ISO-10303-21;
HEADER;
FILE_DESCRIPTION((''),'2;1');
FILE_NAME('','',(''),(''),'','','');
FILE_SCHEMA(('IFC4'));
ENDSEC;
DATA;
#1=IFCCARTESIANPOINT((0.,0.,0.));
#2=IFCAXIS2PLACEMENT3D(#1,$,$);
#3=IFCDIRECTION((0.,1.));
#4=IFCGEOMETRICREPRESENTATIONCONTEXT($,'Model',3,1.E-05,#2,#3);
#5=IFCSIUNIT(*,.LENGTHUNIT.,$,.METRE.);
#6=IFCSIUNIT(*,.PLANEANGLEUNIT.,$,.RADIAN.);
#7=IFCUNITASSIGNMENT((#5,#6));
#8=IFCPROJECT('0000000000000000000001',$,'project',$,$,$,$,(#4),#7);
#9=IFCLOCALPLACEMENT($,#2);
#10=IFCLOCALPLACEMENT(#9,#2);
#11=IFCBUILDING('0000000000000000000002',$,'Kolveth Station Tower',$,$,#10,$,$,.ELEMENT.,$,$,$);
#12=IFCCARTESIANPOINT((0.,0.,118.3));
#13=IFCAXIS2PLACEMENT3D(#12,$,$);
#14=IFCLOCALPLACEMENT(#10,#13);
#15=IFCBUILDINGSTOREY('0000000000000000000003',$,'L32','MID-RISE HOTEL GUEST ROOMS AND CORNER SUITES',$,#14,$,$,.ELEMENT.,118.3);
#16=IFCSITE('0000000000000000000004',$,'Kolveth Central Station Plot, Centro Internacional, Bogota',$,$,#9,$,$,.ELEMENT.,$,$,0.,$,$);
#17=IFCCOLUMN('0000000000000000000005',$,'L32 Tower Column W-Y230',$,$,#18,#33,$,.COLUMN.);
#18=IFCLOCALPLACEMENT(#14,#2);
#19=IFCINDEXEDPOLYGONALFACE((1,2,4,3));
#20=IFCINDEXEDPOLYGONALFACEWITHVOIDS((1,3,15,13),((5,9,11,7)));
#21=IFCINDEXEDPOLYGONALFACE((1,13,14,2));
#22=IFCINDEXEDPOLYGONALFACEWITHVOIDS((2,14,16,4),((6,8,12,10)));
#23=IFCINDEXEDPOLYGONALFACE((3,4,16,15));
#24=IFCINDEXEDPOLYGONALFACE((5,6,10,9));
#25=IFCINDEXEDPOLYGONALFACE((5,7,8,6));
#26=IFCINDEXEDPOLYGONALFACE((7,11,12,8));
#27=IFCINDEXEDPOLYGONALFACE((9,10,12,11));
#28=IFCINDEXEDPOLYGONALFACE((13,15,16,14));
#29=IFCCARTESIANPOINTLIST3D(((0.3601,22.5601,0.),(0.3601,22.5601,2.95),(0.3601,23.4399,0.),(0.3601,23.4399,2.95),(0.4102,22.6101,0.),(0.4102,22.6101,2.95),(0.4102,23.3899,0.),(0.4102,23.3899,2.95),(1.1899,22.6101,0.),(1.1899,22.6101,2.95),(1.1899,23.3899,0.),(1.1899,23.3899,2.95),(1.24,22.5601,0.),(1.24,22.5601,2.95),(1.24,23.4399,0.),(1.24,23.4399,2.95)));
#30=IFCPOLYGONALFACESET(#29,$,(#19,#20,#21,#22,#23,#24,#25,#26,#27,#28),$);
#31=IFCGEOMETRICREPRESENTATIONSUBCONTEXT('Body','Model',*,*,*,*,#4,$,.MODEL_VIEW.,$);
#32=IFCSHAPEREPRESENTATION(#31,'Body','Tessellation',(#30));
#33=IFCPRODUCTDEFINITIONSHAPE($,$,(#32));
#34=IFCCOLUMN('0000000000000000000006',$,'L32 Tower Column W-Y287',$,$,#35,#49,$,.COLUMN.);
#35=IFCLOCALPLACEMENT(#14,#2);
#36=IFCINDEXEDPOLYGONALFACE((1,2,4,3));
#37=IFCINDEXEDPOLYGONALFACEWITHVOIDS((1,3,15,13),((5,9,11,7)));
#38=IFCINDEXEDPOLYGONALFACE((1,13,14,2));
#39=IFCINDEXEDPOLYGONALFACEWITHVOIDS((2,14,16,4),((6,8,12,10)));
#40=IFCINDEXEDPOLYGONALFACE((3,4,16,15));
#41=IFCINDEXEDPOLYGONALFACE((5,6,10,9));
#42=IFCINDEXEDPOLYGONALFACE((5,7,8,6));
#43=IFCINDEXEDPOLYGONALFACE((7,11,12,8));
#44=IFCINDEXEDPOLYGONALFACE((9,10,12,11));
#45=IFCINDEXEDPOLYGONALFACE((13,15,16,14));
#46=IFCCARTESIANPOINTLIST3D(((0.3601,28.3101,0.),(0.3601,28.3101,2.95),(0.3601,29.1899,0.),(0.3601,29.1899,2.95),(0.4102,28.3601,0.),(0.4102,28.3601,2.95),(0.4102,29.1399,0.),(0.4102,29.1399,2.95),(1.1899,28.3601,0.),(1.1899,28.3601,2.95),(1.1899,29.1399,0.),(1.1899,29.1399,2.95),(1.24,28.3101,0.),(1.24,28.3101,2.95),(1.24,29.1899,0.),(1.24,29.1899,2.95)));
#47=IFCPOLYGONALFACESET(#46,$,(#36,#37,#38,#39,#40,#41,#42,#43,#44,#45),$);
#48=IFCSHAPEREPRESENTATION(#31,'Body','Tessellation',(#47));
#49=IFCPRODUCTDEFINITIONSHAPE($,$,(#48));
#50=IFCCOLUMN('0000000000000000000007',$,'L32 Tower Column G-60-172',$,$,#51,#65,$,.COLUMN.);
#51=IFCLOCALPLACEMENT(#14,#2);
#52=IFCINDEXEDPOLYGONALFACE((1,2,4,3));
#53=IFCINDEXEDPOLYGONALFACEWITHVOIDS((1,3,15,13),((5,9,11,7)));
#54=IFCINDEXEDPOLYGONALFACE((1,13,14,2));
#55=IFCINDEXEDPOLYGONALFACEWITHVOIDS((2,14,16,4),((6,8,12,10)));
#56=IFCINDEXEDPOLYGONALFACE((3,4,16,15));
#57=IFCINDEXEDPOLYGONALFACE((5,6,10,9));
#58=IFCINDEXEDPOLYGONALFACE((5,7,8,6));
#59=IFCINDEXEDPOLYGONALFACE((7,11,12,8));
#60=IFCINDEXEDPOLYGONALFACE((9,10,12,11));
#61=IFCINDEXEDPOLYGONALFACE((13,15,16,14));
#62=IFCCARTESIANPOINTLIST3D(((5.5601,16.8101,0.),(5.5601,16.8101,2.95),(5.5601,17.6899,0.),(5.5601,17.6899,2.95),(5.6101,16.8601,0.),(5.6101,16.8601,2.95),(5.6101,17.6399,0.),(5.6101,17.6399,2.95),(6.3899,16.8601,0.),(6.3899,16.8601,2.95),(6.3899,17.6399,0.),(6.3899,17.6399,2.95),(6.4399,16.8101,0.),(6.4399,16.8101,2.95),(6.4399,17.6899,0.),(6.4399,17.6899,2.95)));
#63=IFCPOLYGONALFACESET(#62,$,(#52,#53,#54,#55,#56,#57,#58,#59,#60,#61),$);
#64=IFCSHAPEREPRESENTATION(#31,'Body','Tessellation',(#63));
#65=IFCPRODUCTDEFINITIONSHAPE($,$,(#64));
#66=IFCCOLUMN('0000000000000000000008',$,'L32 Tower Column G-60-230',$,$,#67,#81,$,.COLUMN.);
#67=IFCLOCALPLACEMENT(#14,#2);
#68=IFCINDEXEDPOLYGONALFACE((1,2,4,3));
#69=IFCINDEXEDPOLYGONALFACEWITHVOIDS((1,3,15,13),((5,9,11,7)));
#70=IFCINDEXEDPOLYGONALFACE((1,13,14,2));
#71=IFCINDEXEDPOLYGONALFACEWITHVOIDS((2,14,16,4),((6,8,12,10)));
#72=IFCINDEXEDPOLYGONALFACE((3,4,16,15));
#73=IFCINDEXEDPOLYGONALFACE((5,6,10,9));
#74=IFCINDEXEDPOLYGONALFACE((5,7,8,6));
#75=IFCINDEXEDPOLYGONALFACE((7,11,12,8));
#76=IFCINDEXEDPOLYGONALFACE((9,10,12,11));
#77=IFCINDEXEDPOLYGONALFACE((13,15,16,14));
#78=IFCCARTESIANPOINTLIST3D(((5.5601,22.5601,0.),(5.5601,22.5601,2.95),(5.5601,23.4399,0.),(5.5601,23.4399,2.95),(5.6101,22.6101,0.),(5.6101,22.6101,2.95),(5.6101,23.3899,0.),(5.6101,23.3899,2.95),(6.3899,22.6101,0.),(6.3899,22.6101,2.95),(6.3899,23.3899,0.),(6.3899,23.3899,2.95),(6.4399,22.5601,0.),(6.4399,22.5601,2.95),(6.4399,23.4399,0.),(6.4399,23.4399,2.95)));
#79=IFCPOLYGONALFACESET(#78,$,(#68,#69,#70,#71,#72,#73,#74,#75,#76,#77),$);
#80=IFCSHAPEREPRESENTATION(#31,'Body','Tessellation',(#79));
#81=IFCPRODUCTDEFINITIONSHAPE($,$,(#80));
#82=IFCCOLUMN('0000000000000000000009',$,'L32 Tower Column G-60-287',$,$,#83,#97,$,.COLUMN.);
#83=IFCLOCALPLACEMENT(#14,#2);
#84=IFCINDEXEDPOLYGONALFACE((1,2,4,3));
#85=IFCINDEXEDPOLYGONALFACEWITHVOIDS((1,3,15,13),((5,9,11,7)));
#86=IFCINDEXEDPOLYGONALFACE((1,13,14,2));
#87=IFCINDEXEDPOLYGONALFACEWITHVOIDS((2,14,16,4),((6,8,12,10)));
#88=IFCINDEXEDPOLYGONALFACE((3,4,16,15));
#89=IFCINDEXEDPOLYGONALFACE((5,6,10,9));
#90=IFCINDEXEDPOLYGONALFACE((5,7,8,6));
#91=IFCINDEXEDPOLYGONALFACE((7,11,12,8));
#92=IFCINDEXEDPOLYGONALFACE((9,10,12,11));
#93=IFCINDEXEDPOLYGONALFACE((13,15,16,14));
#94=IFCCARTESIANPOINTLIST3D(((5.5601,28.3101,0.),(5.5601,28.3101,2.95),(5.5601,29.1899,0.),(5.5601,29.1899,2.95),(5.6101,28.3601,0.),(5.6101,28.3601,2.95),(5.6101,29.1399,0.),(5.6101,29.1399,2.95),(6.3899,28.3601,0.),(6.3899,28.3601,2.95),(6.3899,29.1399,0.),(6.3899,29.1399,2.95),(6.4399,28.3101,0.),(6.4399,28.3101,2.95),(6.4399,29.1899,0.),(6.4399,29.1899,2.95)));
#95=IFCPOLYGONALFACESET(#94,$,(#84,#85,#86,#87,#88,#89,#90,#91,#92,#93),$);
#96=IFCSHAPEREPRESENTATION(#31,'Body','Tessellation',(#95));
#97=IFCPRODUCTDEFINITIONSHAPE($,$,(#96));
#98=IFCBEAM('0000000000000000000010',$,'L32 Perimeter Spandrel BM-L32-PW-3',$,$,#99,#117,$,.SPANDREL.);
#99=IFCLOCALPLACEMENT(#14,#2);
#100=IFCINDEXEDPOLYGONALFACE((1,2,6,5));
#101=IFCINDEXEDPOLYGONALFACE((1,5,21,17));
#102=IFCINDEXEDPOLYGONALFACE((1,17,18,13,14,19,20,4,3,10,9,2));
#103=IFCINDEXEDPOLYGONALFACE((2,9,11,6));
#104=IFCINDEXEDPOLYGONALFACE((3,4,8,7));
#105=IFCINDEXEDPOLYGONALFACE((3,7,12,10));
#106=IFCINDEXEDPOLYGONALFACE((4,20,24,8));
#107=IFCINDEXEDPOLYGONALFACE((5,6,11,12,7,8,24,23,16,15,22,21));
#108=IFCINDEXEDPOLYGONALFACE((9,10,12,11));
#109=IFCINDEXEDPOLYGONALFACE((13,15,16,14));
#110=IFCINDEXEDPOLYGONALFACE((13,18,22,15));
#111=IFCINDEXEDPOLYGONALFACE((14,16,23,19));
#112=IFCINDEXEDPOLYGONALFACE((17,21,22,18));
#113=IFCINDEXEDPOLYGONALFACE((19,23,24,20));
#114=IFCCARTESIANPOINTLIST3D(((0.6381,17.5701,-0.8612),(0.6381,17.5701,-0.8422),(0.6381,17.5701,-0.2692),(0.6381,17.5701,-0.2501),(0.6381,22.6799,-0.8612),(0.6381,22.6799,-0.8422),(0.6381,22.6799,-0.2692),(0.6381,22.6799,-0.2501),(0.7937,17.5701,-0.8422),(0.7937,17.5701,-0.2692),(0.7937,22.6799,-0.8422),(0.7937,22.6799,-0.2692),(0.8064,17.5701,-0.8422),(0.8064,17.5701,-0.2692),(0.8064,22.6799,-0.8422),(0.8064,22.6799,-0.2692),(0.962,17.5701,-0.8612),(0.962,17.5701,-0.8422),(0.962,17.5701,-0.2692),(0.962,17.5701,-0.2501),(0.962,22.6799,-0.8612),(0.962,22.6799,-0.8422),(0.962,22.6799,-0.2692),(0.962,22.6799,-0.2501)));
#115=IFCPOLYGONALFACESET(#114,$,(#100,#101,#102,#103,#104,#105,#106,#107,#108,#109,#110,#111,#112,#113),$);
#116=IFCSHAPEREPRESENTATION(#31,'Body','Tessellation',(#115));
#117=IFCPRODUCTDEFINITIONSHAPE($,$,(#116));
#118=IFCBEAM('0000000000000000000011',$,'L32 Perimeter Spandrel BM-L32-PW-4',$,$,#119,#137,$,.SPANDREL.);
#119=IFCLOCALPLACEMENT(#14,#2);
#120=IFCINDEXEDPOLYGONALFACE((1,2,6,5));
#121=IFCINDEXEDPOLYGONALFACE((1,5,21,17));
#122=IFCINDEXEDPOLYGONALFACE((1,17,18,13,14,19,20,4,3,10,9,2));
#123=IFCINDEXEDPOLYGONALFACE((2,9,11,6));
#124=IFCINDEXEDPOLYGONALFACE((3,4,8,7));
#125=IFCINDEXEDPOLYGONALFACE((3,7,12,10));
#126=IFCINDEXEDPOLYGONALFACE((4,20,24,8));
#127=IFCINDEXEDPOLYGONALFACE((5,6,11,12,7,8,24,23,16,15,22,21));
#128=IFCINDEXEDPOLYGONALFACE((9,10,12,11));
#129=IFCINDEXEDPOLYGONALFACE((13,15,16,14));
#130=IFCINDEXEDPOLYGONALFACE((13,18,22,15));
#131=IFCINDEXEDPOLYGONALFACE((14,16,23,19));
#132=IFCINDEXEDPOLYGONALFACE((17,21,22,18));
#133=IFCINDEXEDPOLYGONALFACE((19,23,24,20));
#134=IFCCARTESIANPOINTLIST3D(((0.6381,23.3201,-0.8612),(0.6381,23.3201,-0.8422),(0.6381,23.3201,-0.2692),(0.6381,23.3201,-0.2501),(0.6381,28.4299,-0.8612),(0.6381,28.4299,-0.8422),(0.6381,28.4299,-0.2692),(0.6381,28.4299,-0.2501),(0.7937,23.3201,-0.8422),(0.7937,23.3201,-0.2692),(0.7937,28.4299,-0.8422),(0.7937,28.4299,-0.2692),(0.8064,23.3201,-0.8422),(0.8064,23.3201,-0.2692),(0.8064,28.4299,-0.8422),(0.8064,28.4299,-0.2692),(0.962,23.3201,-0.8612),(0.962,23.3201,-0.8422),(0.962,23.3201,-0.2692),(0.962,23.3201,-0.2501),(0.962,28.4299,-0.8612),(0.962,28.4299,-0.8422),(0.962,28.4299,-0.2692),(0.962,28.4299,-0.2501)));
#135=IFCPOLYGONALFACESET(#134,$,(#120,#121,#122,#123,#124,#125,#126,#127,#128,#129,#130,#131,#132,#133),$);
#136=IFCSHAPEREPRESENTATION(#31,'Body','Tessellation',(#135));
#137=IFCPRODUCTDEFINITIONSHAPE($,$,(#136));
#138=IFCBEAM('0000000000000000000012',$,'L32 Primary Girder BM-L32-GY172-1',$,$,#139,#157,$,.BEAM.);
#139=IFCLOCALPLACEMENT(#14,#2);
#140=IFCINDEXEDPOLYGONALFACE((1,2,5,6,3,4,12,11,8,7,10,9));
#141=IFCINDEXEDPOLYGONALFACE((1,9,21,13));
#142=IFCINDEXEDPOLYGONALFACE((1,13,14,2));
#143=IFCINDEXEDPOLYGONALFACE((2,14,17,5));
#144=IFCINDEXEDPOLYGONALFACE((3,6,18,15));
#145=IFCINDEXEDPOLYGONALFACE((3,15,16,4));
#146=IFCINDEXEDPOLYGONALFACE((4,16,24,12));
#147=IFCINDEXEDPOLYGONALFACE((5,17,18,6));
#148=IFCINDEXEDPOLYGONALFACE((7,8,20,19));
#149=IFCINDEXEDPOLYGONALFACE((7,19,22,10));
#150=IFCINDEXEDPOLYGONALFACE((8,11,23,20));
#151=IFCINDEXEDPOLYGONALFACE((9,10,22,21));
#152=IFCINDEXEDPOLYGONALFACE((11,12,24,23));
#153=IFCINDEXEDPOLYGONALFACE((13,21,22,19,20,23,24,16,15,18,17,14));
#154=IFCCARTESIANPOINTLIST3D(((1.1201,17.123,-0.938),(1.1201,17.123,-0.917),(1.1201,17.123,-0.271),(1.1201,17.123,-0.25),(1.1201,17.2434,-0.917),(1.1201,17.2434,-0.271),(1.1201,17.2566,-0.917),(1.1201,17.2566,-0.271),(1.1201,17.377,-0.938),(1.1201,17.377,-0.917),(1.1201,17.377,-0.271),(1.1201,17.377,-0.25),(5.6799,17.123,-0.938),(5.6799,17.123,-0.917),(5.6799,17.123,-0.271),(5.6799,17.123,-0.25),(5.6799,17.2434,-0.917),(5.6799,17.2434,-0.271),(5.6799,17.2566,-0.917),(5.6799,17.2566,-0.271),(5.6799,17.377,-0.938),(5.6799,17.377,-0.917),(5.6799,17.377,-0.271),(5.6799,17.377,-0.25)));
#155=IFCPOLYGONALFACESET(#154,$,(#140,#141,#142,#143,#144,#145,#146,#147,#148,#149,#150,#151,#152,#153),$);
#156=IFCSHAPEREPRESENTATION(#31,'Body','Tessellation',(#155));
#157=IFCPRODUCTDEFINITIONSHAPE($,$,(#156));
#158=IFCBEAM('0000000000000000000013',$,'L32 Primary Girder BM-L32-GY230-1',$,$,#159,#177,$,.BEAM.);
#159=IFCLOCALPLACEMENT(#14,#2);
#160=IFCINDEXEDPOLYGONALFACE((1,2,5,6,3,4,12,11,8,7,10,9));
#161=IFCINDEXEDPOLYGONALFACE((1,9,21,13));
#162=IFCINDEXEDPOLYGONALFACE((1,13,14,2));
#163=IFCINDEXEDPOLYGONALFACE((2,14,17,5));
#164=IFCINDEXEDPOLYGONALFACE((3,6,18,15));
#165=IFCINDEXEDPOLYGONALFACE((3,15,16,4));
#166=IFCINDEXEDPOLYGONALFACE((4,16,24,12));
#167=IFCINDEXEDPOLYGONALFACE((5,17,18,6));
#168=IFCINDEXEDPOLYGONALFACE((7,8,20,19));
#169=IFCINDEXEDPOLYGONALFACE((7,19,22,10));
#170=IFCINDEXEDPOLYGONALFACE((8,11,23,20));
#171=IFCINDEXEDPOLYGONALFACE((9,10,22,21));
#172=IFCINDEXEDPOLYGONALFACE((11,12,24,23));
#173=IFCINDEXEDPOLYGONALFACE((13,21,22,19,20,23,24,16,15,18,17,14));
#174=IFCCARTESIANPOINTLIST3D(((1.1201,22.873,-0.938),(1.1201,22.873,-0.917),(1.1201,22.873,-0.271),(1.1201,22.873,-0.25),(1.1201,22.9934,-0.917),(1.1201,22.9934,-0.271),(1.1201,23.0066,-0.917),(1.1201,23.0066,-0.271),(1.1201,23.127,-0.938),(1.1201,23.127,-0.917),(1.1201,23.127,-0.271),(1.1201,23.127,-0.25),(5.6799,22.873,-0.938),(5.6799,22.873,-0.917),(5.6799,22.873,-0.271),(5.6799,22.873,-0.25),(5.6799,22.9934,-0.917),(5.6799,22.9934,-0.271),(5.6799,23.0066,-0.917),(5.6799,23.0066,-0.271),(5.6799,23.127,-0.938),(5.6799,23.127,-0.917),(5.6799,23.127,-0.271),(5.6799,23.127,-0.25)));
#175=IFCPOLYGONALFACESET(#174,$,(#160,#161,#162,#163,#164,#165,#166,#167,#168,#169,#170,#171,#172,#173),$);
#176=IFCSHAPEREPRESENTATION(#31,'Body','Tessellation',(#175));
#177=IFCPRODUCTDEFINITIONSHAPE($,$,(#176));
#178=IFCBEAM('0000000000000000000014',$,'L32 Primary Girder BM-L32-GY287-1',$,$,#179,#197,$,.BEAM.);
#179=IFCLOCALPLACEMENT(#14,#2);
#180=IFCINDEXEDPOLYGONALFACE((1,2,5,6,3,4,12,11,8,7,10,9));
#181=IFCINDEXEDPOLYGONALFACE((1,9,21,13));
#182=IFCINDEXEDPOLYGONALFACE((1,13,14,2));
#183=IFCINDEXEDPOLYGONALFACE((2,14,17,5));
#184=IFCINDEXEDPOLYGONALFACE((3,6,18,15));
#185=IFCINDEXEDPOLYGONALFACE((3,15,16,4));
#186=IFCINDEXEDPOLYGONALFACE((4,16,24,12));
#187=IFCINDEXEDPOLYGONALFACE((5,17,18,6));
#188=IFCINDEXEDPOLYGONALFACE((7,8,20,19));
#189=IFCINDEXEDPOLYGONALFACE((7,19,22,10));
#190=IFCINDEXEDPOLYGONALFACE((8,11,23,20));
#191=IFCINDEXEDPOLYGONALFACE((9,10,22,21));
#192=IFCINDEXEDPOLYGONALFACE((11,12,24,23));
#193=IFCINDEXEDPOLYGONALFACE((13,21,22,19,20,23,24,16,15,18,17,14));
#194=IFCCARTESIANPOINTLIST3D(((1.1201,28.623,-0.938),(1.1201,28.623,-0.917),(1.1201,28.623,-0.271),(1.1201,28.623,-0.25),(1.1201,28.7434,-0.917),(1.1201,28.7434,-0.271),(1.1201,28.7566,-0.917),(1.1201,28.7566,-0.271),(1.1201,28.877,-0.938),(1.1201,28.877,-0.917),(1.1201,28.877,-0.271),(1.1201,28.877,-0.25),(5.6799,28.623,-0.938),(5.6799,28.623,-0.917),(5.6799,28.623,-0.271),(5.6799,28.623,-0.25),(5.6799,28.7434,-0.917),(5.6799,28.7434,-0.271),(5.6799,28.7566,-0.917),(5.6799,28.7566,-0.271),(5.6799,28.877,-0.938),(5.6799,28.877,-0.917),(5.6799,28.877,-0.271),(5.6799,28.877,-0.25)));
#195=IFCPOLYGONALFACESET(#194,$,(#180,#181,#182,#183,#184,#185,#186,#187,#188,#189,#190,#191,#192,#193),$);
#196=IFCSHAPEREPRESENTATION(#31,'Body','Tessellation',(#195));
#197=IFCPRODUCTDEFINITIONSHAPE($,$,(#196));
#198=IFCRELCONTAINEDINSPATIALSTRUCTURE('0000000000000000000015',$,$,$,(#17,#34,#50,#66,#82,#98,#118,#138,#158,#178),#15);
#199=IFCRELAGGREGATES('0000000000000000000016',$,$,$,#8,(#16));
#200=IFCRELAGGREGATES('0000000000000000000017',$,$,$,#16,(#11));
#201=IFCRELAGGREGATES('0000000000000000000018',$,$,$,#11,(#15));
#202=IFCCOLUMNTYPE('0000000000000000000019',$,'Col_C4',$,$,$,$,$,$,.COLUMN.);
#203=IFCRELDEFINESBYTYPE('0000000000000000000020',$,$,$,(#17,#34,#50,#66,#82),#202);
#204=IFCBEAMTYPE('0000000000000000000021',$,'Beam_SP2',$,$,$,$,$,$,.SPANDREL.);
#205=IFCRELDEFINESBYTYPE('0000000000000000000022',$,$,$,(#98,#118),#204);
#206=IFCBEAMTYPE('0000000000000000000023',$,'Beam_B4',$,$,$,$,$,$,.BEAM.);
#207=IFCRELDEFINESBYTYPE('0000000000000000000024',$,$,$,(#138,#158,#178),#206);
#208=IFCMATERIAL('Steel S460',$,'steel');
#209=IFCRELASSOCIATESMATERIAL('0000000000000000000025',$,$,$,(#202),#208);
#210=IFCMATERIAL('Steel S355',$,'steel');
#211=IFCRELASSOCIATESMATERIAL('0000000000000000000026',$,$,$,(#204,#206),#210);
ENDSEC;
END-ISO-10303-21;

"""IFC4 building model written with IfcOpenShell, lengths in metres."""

from ifc_helpers import new_model, si_unit, direction, frame, origin, origin_2d, place, context, subcontext, project, spatial, hollow_rectangle, i_section, extrude, source, transform, mapped, material, material_profile, profile_set, type_object, element, save


model = new_model("IFC4")

# Units and contexts
model_context = context("Model", 3, precision=1e-05, world=origin(), true_north=direction((0.0, 1.0)))
body_context = subcontext(model_context, "Body", "Model", "MODEL_VIEW")
ifc_project = project(units=[si_unit("LENGTHUNIT", "METRE"), si_unit("PLANEANGLEUNIT", "RADIAN")], contexts=[model_context])

# Site, building, storey
site_placement = place(None, origin())
site = spatial("IfcSite", under=ifc_project, at=site_placement, Name="Kolveth Central Station Plot, Centro Internacional, Bogota", CompositionType="ELEMENT", RefElevation=0.0)
building_placement = place(site_placement, origin())
building = spatial("IfcBuilding", under=site, at=building_placement, Name="Kolveth Station Tower", CompositionType="ELEMENT")
storey_placement = place(building_placement, frame((0.0, 0.0, 118.3)))
storey = spatial("IfcBuildingStorey", under=building, at=storey_placement, Name="L32", Description="MID-RISE HOTEL GUEST ROOMS AND CORNER SUITES", CompositionType="ELEMENT", Elevation=118.3)

# Columns
ifc_material_1 = material(Name="Steel S460", Category="steel")
ifc_material_profile_1 = material_profile(ifc_material_1, hollow_rectangle(XDim=0.8799, YDim=0.8799, WallThickness=0.05, at=origin_2d()), Name="BOX880x880x50")
ifc_profile_set_1 = profile_set([ifc_material_profile_1], Name="Steel S460")
column_type = type_object("IfcColumnType", Name="Col_C4", PredefinedType="COLUMN", material=ifc_profile_set_1)
shared_shape_1 = source(origin(), body_context, "Body", "SweptSolid", [
    extrude(hollow_rectangle(XDim=0.8799, YDim=0.8799, WallThickness=0.05, at=origin_2d()), origin(), (0.0, 0.0, 1.0), 2.95),
])
for number, where, z_axis, x_axis, name in (
    (1, (0.8, 23.0, 0.0), (0.0, 0.0, 1.0), (1.0, 0.0, 0.0), "L32 Tower Column W-Y230"),
    (2, (0.8, 28.75, 0.0), (0.0, 0.0, 1.0), (1.0, 0.0, 0.0), "L32 Tower Column W-Y287"),
    (3, (6.0, 17.25, 0.0), (0.0, 0.0, 1.0), (1.0, 0.0, 0.0), "L32 Tower Column G-60-172"),
    (4, (6.0, 23.0, 0.0), (0.0, 0.0, 1.0), (1.0, 0.0, 0.0), "L32 Tower Column G-60-230"),
    (5, (6.0, 28.75, 0.0), (0.0, 0.0, 1.0), (1.0, 0.0, 0.0), "L32 Tower Column G-60-287"),
):
    element("IfcColumn", number, at=place(storey_placement, frame(where, z_axis=z_axis, x_axis=x_axis)), inside=storey, type_object=column_type, Name=name, PredefinedType="COLUMN", context=body_context, shape_type="MappedRepresentation", body=[
        mapped(shared_shape_1, transform((0.0, 0.0, 0.0), x_axis=(1.0, 0.0, 0.0), y_axis=(0.0, 1.0, 0.0), z_axis=(0.0, 0.0, 1.0), scale=1.0)),
    ])

# Beams
ifc_material_2 = material(Name="Steel S355", Category="steel")
ifc_material_profile_2 = material_profile(ifc_material_2, i_section(OverallWidth=0.324, OverallDepth=0.6111, WebThickness=0.0127, FlangeThickness=0.019, at=origin_2d()), Name="W610x155")
ifc_profile_set_2 = profile_set([ifc_material_profile_2], Name="Steel S355")
beam_type_1 = type_object("IfcBeamType", Name="Beam_SP2", PredefinedType="SPANDREL", material=ifc_profile_set_2)
shared_shape_2 = source(origin(), body_context, "Body", "SweptSolid", [
    extrude(i_section(OverallWidth=0.324, OverallDepth=0.6111, WebThickness=0.0127, FlangeThickness=0.019, at=origin_2d()), origin(), (0.0, 0.0, 1.0), 5.1099),
])
for number, where, z_axis, x_axis, name in (
    (6, (0.8, 17.5701, -0.5557), (0.0, 1.0, 0.0), (-1.0, 0.0, 0.0), "L32 Perimeter Spandrel BM-L32-PW-3"),
    (7, (0.8, 23.3201, -0.5557), (0.0, 1.0, 0.0), (-1.0, 0.0, 0.0), "L32 Perimeter Spandrel BM-L32-PW-4"),
):
    element("IfcBeam", number, at=place(storey_placement, frame(where, z_axis=z_axis, x_axis=x_axis)), inside=storey, type_object=beam_type_1, Name=name, PredefinedType="SPANDREL", context=body_context, shape_type="MappedRepresentation", body=[
        mapped(shared_shape_2, transform((0.0, 0.0, 0.0), x_axis=(1.0, 0.0, 0.0), y_axis=(0.0, 1.0, 0.0), z_axis=(0.0, 0.0, 1.0), scale=1.0)),
    ])
ifc_material_profile_3 = material_profile(ifc_material_2, i_section(OverallWidth=0.2539, OverallDepth=0.688, WebThickness=0.0132, FlangeThickness=0.021, at=origin_2d()), Name="W690x152")
ifc_profile_set_3 = profile_set([ifc_material_profile_3], Name="Steel S355")
beam_type_2 = type_object("IfcBeamType", Name="Beam_B4", PredefinedType="BEAM", material=ifc_profile_set_3)
shared_shape_3 = source(origin(), body_context, "Body", "SweptSolid", [
    extrude(i_section(OverallWidth=0.2539, OverallDepth=0.688, WebThickness=0.0132, FlangeThickness=0.021, at=origin_2d()), origin(), (0.0, 0.0, 1.0), 4.5598),
])
for number, where, z_axis, x_axis, name in (
    (8, (1.1201, 17.25, -0.594), (1.0, 0.0, 0.0), (0.0, 1.0, 0.0), "L32 Primary Girder BM-L32-GY172-1"),
    (9, (1.1201, 23.0, -0.594), (1.0, 0.0, 0.0), (0.0, 1.0, 0.0), "L32 Primary Girder BM-L32-GY230-1"),
    (10, (1.1201, 28.75, -0.594), (1.0, 0.0, 0.0), (0.0, 1.0, 0.0), "L32 Primary Girder BM-L32-GY287-1"),
):
    element("IfcBeam", number, at=place(storey_placement, frame(where, z_axis=z_axis, x_axis=x_axis)), inside=storey, type_object=beam_type_2, Name=name, PredefinedType="BEAM", context=body_context, shape_type="MappedRepresentation", body=[
        mapped(shared_shape_3, transform((0.0, 0.0, 0.0), x_axis=(1.0, 0.0, 0.0), y_axis=(0.0, 1.0, 0.0), z_axis=(0.0, 0.0, 1.0), scale=1.0)),
    ])

save(model, "model.ifc")
